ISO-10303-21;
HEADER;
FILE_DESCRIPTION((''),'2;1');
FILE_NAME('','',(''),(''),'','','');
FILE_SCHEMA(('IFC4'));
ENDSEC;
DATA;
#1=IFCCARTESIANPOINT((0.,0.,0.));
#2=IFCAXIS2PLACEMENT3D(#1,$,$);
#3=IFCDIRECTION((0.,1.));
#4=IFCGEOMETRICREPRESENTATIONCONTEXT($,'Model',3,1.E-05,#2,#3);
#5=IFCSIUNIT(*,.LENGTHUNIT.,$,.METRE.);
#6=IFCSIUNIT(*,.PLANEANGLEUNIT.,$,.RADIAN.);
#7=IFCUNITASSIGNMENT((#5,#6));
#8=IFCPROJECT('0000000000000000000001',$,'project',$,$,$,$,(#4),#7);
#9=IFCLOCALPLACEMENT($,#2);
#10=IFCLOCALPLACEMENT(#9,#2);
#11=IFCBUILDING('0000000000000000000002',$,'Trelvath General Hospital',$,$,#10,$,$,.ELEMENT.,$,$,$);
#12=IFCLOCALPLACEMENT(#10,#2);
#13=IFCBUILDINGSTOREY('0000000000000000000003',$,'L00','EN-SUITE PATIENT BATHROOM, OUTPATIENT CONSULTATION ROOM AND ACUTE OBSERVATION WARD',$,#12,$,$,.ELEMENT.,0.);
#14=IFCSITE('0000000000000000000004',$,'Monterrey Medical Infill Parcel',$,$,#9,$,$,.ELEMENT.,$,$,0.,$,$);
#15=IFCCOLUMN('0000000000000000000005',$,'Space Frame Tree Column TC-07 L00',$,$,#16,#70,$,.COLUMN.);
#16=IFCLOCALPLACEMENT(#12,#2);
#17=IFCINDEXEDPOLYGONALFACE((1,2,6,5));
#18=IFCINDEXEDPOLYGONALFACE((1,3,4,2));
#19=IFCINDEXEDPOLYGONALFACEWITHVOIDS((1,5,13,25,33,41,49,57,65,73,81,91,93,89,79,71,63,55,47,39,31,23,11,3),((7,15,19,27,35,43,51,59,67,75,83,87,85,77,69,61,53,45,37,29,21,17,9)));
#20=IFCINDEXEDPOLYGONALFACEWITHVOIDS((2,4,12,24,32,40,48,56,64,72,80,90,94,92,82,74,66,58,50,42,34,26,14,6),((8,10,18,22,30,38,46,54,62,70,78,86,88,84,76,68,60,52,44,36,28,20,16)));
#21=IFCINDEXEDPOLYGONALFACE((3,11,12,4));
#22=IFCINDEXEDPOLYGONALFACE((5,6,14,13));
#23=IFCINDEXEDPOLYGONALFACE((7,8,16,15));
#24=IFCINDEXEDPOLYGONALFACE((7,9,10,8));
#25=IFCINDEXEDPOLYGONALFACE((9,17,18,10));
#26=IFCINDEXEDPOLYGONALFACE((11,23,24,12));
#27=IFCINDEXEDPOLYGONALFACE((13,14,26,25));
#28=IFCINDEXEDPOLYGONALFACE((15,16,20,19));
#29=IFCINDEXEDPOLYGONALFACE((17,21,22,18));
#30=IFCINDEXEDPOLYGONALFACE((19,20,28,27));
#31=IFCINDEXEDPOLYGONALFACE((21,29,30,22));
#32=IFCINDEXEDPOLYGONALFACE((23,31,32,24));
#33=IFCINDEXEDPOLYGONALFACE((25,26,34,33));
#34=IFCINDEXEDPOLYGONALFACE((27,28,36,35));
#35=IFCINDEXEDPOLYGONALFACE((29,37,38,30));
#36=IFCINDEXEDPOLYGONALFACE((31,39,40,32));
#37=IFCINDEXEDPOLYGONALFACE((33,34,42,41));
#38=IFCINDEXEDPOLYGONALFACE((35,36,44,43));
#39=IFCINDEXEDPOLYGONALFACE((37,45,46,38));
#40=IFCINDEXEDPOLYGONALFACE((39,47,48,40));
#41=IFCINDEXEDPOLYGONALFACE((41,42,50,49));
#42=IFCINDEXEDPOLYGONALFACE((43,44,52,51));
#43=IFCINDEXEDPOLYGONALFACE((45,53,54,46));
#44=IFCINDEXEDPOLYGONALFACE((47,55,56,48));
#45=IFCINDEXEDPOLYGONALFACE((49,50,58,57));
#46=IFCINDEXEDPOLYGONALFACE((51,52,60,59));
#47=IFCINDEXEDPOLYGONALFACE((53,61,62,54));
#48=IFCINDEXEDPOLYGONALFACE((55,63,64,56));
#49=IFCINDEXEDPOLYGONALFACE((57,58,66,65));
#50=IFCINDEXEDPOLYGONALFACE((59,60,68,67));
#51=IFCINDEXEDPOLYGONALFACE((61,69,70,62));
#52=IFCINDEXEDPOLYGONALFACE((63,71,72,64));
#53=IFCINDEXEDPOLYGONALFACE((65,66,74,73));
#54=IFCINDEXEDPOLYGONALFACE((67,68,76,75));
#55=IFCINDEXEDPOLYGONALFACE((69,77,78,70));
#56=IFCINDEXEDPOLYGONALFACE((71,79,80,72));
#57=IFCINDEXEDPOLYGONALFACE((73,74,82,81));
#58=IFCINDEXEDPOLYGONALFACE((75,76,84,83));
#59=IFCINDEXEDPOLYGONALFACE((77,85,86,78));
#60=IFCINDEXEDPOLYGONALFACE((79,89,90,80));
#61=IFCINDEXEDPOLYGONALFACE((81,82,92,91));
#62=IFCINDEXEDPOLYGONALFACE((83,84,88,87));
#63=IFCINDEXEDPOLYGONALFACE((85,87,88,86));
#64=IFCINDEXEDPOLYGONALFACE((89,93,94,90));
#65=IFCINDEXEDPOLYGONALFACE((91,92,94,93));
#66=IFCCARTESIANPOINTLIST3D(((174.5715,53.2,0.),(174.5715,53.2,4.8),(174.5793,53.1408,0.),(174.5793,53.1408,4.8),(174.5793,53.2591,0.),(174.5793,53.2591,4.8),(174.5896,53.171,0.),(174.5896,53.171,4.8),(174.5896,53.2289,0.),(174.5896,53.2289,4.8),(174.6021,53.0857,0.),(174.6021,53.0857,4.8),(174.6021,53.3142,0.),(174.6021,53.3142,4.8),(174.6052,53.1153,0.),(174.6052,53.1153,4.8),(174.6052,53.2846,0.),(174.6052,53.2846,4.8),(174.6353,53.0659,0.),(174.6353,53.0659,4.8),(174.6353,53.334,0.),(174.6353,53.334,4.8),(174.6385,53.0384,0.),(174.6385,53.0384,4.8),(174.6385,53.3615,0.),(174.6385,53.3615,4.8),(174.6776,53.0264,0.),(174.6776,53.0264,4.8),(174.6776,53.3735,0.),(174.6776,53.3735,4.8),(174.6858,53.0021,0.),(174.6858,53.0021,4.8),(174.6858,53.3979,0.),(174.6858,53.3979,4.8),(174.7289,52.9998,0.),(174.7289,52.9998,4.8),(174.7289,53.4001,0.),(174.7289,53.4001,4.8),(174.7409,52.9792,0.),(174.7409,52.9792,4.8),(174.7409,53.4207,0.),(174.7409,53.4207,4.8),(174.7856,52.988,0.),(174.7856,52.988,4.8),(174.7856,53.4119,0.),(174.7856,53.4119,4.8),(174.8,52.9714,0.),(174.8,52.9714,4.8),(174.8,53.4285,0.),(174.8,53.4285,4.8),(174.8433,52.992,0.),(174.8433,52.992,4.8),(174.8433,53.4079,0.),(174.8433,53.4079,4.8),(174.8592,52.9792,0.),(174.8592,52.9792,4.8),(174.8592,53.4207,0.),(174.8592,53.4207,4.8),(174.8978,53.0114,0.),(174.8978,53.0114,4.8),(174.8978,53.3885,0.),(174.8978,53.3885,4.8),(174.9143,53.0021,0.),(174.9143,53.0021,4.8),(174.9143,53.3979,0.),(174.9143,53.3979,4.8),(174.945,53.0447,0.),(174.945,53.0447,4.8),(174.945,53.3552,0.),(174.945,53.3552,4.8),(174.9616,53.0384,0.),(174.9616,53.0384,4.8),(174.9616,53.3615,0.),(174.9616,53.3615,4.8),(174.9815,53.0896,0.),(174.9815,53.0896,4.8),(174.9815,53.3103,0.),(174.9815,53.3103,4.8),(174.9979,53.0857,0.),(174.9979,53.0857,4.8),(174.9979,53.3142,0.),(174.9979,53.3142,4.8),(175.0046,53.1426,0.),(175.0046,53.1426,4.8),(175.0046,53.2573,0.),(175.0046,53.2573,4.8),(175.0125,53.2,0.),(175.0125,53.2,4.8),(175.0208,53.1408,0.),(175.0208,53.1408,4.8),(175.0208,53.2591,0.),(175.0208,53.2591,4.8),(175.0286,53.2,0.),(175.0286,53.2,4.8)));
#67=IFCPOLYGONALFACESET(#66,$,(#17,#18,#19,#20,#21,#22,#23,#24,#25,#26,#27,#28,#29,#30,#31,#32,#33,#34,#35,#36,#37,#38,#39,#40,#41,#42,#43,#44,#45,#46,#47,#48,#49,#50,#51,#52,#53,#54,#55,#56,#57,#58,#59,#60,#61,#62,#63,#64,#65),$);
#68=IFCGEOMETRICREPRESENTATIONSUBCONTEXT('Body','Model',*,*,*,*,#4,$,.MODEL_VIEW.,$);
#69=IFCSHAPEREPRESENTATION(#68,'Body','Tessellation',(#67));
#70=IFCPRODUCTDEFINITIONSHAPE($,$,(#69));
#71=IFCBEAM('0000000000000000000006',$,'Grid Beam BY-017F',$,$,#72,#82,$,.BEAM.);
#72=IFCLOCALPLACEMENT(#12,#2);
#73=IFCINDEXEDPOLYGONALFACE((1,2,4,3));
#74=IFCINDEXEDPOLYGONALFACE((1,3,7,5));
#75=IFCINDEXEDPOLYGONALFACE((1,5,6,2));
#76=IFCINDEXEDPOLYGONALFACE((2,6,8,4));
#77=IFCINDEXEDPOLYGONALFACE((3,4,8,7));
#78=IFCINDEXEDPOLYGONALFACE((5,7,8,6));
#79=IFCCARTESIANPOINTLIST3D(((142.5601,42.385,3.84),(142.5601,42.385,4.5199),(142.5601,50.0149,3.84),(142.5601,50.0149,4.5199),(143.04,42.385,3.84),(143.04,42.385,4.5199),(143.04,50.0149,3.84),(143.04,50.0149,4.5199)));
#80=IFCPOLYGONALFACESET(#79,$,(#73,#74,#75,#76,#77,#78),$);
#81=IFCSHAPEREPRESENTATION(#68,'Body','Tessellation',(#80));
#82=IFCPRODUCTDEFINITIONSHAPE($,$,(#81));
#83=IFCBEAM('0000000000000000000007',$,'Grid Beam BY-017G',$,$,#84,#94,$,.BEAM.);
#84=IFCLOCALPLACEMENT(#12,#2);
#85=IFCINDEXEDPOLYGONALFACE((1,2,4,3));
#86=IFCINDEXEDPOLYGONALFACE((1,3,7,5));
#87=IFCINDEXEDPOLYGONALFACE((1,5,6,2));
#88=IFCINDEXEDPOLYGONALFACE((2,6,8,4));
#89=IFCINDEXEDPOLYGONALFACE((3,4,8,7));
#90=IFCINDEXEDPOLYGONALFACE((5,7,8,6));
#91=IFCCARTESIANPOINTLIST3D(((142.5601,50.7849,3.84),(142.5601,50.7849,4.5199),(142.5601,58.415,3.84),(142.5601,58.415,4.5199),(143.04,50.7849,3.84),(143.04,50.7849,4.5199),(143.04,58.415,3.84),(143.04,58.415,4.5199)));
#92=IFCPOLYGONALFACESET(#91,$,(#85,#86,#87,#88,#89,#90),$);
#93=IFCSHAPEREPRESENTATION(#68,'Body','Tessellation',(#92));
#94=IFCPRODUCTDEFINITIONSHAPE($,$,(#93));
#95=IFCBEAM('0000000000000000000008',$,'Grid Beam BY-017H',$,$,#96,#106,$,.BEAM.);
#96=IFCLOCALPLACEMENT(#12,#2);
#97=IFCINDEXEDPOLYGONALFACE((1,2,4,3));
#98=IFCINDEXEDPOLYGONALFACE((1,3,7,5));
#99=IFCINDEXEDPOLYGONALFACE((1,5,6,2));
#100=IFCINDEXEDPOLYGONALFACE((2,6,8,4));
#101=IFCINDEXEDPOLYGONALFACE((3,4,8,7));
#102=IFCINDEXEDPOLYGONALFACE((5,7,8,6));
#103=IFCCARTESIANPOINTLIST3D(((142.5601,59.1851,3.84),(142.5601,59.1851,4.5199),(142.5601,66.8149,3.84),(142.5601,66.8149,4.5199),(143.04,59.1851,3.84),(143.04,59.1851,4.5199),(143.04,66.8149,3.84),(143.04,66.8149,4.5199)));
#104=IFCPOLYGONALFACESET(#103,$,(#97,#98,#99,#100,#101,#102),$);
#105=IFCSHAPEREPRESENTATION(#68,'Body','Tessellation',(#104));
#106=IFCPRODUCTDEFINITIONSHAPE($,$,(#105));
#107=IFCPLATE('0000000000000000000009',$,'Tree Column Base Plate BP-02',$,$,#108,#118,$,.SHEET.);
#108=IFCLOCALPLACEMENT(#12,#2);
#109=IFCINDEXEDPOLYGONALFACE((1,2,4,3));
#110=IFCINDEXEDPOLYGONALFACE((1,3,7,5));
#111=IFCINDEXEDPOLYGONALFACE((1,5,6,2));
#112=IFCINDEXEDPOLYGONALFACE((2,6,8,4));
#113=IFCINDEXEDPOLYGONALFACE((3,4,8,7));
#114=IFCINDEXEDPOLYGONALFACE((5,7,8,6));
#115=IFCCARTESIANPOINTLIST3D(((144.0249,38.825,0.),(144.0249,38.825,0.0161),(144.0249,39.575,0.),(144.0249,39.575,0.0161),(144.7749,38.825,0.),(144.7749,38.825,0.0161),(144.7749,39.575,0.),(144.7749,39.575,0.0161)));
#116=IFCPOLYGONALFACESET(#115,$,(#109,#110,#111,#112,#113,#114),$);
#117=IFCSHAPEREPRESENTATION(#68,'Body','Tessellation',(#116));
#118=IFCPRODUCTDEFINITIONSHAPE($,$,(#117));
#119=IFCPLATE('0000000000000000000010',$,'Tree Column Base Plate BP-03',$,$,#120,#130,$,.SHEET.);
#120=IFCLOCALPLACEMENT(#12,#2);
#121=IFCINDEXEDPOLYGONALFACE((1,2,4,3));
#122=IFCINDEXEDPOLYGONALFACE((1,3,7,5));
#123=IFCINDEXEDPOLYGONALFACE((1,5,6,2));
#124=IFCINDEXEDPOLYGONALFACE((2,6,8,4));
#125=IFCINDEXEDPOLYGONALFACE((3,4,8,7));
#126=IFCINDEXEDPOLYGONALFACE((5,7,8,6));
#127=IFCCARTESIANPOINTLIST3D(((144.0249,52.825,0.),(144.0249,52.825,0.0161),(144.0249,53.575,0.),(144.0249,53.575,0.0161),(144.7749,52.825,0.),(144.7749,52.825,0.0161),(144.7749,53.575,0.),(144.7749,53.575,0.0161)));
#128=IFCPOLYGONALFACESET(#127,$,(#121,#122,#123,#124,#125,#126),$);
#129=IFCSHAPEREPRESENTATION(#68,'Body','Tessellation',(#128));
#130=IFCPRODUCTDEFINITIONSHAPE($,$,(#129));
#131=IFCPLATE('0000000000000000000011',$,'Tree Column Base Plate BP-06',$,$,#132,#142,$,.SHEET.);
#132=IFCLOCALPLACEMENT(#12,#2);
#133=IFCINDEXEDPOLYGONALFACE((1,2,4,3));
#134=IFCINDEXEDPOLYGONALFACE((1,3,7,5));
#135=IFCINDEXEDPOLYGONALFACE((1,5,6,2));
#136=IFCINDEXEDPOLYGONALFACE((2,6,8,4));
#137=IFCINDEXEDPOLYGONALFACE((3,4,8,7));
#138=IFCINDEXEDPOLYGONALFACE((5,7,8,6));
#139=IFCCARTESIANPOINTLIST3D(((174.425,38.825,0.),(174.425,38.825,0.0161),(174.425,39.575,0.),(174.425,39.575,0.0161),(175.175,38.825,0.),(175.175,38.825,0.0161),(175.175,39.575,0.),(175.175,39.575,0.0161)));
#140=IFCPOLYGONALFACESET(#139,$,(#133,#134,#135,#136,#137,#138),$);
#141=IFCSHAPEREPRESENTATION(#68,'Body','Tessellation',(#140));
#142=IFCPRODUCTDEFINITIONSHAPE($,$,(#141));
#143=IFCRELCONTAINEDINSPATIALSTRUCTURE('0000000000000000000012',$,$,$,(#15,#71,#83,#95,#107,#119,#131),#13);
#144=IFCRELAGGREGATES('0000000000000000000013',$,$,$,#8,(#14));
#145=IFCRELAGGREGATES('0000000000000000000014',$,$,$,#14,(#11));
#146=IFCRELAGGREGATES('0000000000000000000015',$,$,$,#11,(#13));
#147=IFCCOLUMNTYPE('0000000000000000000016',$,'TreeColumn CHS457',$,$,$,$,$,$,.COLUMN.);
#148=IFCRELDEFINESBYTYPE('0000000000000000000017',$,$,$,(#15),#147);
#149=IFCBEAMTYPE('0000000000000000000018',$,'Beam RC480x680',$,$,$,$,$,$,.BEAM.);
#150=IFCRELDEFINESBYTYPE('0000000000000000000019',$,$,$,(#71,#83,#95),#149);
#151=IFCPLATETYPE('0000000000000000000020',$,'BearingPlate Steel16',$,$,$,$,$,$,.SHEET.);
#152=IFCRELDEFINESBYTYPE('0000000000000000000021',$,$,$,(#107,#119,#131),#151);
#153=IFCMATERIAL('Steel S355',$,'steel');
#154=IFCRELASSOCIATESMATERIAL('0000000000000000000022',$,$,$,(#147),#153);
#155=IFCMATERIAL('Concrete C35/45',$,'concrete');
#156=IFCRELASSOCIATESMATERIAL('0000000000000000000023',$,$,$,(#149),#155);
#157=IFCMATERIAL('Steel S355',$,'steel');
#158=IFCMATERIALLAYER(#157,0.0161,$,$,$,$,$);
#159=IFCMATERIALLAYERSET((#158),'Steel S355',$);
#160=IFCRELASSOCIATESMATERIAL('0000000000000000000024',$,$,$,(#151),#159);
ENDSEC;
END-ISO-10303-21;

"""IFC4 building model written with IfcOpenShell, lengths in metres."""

from ifc_helpers import new_model, si_unit, direction, frame, origin, origin_2d, place, context, subcontext, project, spatial, rectangle, hollow_circle, extrude, material, layer, layer_set, material_profile, profile_set, type_object, element, save


model = new_model("IFC4")

# Units and contexts
model_context = context("Model", 3, precision=1e-05, world=origin(), true_north=direction((0.0, 1.0)))
body_context = subcontext(model_context, "Body", "Model", "MODEL_VIEW")
ifc_project = project(units=[si_unit("LENGTHUNIT", "METRE"), si_unit("PLANEANGLEUNIT", "RADIAN")], contexts=[model_context])

# Site, building, storey
site_placement = place(None, origin())
site = spatial("IfcSite", under=ifc_project, at=site_placement, Name="Monterrey Medical Infill Parcel", CompositionType="ELEMENT", RefElevation=0.0)
building_placement = place(site_placement, origin())
building = spatial("IfcBuilding", under=site, at=building_placement, Name="Trelvath General Hospital", CompositionType="ELEMENT")
storey_placement = place(building_placement, origin())
storey = spatial("IfcBuildingStorey", under=building, at=storey_placement, Name="L00", Description="EN-SUITE PATIENT BATHROOM, OUTPATIENT CONSULTATION ROOM AND ACUTE OBSERVATION WARD", CompositionType="ELEMENT", Elevation=0.0)

# Column
ifc_material_1 = material(Name="Steel S355", Category="steel")
ifc_material_profile_1 = material_profile(ifc_material_1, hollow_circle(Radius=0.2285, WallThickness=0.0161, at=origin_2d()), Name="CHS457.0x16.0")
ifc_profile_set_1 = profile_set([ifc_material_profile_1], Name="Steel S355")
column_type_1 = type_object("IfcColumnType", Name="TreeColumn CHS457", PredefinedType="COLUMN", material=ifc_profile_set_1)
for number, where, z_axis, x_axis, name in (
    (1, (174.8, 53.2, 0.0), (0.0, 0.0, 1.0), (1.0, 0.0, 0.0), "Space Frame Tree Column TC-07 L00"),
):
    element("IfcColumn", number, at=place(storey_placement, frame(where, z_axis=z_axis, x_axis=x_axis)), inside=storey, type_object=column_type_1, Name=name, PredefinedType="COLUMN", context=body_context, shape_type="SweptSolid", body=[
        extrude(hollow_circle(Radius=0.2285, WallThickness=0.0161, at=origin_2d()), origin(), (0.0, 0.0, 1.0), 4.8),
    ])

# Beams
ifc_material_2 = material(Name="Concrete C35/45", Category="concrete")
ifc_material_profile_2 = material_profile(ifc_material_2, rectangle(XDim=0.48, YDim=0.6799, at=origin_2d()), Name="RCB480x680")
ifc_profile_set_2 = profile_set([ifc_material_profile_2], Name="Concrete C35/45")
beam_type = type_object("IfcBeamType", Name="Beam RC480x680", PredefinedType="BEAM", material=ifc_profile_set_2)
beam_1_placement = place(storey_placement, frame((142.8, 42.385, 4.1799), z_axis=(0.0, 1.0, 0.0), x_axis=(-1.0, 0.0, 0.0)))
element("IfcBeam", 2, at=beam_1_placement, inside=storey, type_object=beam_type, Name="Grid Beam BY-017F", PredefinedType="BEAM", context=body_context, shape_type="SweptSolid", body=[
    extrude(rectangle(XDim=0.48, YDim=0.6799, at=origin_2d()), origin(), (0.0, 0.0, 1.0), 7.6299),
])
beam_2_placement = place(storey_placement, frame((142.8, 50.7849, 4.1799), z_axis=(0.0, 1.0, 0.0), x_axis=(-1.0, 0.0, 0.0)))
element("IfcBeam", 3, at=beam_2_placement, inside=storey, type_object=beam_type, Name="Grid Beam BY-017G", PredefinedType="BEAM", context=body_context, shape_type="SweptSolid", body=[
    extrude(rectangle(XDim=0.48, YDim=0.6799, at=origin_2d()), origin(), (0.0, 0.0, 1.0), 7.6301),
])
beam_3_placement = place(storey_placement, frame((142.8, 59.1851, 4.1799), z_axis=(0.0, 1.0, 0.0), x_axis=(-1.0, 0.0, 0.0)))
element("IfcBeam", 4, at=beam_3_placement, inside=storey, type_object=beam_type, Name="Grid Beam BY-017H", PredefinedType="BEAM", context=body_context, shape_type="SweptSolid", body=[
    extrude(rectangle(XDim=0.48, YDim=0.6799, at=origin_2d()), origin(), (0.0, 0.0, 1.0), 7.6299),
])

# Plates
ifc_material_3 = material(Name="Steel S355", Category="steel")
ifc_layer_1 = layer(ifc_material_3, 0.0161)
ifc_layer_set_1 = layer_set([ifc_layer_1], Name="Steel S355")
plate_type = type_object("IfcPlateType", Name="BearingPlate Steel16", PredefinedType="SHEET", material=ifc_layer_set_1)
for number, where, z_axis, x_axis, name in (
    (5, (144.3999, 39.2, 0.0), (0.0, 0.0, 1.0), (1.0, 0.0, 0.0), "Tree Column Base Plate BP-02"),
    (6, (144.3999, 53.2, 0.0), (0.0, 0.0, 1.0), (1.0, 0.0, 0.0), "Tree Column Base Plate BP-03"),
    (7, (174.8, 39.2, 0.0), (0.0, 0.0, 1.0), (1.0, 0.0, 0.0), "Tree Column Base Plate BP-06"),
):
    element("IfcPlate", number, at=place(storey_placement, frame(where, z_axis=z_axis, x_axis=x_axis)), inside=storey, type_object=plate_type, Name=name, PredefinedType="SHEET", context=body_context, shape_type="SweptSolid", body=[
        extrude(rectangle(XDim=0.75, YDim=0.75, at=origin_2d()), origin(), (0.0, 0.0, 1.0), 0.0161),
    ])

save(model, "model.ifc")
